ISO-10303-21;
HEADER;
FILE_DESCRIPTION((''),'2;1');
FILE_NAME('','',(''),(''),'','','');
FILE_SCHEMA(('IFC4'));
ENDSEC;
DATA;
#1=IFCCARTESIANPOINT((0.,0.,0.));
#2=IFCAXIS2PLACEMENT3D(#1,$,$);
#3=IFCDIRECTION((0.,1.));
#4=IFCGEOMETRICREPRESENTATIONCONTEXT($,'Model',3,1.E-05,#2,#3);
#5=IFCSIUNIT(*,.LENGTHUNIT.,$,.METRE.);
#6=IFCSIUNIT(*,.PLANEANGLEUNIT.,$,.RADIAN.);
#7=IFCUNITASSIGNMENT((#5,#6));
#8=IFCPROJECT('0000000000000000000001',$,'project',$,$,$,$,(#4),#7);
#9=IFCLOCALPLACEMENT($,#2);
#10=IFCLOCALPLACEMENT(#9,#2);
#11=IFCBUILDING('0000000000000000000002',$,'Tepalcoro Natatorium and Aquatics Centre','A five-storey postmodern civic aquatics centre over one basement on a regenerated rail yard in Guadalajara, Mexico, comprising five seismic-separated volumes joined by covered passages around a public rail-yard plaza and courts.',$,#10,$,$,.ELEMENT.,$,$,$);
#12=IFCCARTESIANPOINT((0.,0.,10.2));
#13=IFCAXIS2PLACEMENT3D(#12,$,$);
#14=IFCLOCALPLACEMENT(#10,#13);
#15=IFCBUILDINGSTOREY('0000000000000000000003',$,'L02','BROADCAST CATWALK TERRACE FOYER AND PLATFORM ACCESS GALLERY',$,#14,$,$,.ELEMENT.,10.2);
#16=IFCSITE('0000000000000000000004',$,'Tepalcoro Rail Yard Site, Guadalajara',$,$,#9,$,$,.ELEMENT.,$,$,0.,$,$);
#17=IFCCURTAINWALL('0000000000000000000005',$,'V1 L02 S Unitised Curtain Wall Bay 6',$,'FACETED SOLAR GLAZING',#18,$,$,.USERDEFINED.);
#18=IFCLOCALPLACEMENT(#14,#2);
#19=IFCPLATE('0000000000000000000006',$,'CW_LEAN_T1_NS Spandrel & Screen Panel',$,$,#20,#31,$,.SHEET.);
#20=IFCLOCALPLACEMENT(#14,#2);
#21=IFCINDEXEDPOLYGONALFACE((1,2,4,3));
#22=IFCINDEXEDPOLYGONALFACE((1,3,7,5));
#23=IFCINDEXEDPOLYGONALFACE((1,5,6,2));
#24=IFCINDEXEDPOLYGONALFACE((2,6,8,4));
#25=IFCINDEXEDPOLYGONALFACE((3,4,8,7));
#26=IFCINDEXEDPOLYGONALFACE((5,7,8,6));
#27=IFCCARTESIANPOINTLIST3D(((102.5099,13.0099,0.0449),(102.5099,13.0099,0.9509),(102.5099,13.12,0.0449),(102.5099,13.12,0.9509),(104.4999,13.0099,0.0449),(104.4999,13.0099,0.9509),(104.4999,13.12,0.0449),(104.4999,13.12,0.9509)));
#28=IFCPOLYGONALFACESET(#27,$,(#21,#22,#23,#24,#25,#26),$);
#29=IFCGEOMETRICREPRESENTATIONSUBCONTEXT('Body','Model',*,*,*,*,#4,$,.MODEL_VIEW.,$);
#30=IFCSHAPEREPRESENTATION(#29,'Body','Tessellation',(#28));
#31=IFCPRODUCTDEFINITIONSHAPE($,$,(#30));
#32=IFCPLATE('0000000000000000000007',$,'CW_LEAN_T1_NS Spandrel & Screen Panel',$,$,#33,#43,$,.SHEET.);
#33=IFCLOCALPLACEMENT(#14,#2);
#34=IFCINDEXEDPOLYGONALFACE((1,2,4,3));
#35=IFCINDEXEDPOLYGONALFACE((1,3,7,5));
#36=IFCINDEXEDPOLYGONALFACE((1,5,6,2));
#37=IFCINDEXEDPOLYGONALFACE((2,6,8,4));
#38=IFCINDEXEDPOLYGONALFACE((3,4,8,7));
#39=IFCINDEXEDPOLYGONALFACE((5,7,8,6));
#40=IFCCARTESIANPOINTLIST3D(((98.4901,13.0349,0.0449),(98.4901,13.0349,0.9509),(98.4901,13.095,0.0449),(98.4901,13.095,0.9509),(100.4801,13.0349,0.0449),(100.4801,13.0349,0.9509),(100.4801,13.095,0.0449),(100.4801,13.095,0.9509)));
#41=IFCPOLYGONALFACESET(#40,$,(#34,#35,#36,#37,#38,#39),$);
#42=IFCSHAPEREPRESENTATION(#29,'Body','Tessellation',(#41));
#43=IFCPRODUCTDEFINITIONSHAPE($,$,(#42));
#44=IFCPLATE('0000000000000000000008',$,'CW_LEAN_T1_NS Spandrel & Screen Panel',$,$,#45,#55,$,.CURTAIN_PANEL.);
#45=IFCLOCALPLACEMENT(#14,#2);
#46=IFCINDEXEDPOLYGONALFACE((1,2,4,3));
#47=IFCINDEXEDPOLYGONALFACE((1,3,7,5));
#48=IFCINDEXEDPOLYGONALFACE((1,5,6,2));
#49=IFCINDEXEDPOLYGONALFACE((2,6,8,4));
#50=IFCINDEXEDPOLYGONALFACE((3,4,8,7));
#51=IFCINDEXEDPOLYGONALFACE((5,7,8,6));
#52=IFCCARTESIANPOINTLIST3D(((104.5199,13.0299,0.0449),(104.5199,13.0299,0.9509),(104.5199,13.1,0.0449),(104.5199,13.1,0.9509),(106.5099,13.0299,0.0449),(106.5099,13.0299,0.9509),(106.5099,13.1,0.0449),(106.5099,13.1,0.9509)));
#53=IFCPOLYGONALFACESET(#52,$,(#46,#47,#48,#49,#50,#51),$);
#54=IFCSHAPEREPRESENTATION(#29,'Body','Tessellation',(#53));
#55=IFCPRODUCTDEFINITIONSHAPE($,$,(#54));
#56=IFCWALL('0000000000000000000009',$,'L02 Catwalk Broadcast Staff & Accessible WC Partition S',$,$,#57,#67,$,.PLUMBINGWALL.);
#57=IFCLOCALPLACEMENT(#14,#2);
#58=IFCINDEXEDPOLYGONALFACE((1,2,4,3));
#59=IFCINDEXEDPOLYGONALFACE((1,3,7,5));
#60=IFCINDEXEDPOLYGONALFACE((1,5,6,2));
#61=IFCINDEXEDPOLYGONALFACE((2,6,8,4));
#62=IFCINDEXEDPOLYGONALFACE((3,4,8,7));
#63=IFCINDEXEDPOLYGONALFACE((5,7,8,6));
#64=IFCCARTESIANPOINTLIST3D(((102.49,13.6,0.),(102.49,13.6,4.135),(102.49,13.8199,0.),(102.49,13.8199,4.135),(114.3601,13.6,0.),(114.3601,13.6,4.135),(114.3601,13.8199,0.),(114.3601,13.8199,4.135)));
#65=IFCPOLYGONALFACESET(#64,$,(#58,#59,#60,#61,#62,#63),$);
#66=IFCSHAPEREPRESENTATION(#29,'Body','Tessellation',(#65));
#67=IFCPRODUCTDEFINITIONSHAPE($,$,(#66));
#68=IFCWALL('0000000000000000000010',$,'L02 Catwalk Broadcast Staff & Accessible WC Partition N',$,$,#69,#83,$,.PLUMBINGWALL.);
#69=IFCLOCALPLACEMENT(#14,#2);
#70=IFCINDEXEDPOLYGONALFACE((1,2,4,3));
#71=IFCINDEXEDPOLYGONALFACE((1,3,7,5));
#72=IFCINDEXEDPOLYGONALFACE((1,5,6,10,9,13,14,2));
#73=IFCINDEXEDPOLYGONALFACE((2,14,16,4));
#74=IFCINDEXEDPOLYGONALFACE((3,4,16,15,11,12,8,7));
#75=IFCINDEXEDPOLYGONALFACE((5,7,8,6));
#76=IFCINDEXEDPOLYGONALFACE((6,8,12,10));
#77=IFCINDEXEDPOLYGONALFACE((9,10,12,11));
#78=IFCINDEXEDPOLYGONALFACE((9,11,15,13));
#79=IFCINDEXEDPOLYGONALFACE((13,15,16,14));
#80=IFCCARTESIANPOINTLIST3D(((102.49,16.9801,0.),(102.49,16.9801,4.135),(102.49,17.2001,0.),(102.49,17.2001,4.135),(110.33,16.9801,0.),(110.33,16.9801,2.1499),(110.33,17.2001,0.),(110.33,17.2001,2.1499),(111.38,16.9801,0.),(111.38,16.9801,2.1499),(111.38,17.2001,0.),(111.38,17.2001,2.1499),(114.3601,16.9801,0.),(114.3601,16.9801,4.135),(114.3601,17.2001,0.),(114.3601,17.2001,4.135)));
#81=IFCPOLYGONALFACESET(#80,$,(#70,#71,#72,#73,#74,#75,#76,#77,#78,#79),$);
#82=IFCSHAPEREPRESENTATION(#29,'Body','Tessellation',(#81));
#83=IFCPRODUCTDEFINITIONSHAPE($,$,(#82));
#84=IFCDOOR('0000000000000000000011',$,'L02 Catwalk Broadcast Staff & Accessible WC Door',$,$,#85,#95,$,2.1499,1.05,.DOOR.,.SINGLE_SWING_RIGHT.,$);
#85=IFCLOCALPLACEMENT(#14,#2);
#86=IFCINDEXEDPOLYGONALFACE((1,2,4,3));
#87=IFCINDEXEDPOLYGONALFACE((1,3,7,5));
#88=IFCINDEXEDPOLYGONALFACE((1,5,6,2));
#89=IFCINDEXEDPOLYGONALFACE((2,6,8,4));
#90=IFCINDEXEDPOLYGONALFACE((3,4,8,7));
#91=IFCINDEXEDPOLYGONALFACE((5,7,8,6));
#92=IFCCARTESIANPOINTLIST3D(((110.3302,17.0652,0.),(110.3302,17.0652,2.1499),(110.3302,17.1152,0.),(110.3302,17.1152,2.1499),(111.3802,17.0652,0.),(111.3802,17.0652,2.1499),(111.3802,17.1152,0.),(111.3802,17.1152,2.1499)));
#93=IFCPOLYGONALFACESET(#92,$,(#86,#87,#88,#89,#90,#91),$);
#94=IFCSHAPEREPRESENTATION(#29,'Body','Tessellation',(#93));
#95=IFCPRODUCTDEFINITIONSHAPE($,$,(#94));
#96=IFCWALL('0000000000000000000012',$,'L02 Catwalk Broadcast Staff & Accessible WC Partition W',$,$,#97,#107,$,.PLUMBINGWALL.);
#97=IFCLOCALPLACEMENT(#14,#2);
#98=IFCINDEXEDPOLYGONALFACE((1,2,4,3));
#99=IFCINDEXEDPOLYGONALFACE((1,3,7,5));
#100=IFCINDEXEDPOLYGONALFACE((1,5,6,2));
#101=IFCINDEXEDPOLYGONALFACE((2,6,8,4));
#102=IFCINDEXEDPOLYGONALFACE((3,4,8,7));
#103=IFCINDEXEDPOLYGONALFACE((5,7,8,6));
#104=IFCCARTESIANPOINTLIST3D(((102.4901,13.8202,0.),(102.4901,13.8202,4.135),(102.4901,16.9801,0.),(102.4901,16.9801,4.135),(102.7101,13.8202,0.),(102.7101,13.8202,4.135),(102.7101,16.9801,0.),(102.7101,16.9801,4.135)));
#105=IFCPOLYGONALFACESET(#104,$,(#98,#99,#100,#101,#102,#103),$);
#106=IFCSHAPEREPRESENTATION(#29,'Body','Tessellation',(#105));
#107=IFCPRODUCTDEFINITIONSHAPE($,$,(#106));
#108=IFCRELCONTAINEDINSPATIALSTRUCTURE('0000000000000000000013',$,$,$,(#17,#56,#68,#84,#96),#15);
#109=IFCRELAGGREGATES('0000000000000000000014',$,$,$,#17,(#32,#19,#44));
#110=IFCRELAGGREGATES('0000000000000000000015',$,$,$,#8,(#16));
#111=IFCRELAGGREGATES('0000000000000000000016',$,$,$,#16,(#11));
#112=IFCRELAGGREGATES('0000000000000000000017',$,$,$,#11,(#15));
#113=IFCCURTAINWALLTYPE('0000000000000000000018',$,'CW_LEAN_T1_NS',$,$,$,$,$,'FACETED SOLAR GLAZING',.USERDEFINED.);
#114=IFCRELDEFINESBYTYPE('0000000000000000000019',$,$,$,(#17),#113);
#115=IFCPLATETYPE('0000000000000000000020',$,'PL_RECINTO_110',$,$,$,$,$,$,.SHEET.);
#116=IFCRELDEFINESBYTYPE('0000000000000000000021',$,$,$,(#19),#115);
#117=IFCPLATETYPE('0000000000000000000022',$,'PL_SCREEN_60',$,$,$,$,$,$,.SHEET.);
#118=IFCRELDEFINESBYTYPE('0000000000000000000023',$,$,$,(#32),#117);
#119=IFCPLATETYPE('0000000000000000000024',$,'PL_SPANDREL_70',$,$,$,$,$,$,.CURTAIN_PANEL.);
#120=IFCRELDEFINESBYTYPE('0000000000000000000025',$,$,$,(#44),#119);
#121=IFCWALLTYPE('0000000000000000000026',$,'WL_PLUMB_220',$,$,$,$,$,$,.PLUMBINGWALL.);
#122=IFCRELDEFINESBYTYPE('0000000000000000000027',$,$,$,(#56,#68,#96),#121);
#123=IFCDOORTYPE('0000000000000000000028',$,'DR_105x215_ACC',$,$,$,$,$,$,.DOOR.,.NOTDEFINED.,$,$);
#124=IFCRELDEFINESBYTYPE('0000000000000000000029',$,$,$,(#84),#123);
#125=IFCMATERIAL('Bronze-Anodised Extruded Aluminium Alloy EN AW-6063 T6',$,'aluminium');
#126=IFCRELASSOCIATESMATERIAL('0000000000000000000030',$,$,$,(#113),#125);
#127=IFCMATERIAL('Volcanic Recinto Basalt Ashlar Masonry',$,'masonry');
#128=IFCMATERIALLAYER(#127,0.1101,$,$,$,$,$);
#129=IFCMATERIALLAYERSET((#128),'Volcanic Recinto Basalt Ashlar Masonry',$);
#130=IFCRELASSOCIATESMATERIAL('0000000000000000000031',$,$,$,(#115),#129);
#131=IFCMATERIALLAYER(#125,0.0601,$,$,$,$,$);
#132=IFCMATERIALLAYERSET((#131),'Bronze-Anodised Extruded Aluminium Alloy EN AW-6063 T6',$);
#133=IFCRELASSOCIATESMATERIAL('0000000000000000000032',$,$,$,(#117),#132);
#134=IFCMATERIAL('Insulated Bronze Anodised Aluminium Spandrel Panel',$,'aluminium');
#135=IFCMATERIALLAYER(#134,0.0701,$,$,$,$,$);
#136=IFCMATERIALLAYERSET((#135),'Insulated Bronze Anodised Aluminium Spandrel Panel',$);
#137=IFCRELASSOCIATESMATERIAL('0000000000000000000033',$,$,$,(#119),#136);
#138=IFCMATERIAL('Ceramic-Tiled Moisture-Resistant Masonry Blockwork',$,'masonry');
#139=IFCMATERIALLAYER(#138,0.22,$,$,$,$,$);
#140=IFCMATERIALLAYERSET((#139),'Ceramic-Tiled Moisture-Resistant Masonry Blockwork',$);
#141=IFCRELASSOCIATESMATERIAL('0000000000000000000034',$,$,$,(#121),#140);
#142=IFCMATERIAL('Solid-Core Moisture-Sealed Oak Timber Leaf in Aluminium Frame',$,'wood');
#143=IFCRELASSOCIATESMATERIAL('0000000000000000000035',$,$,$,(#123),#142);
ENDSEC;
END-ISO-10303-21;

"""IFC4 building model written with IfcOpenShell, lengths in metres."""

from ifc_helpers import new_model, si_unit, direction, frame, frame_2d, origin, origin_2d, place, context, subcontext, project, spatial, rectangle, extrude, material, layer, layer_set, type_object, element, fill, aggregate, save


model = new_model("IFC4")

# Units and contexts
model_context = context("Model", 3, precision=1e-05, world=origin(), true_north=direction((0.0, 1.0)))
body_context = subcontext(model_context, "Body", "Model", "MODEL_VIEW")
ifc_project = project(units=[si_unit("LENGTHUNIT", "METRE"), si_unit("PLANEANGLEUNIT", "RADIAN")], contexts=[model_context])

# Site, building, storey
site_placement = place(None, origin())
site = spatial("IfcSite", under=ifc_project, at=site_placement, Name="Tepalcoro Rail Yard Site, Guadalajara", CompositionType="ELEMENT", RefElevation=0.0)
building_placement = place(site_placement, origin())
building = spatial("IfcBuilding", under=site, at=building_placement, Name="Tepalcoro Natatorium and Aquatics Centre", Description="A five-storey postmodern civic aquatics centre over one basement on a regenerated rail yard in Guadalajara, Mexico, comprising five seismic-separated volumes joined by covered passages around a public rail-yard plaza and courts.", CompositionType="ELEMENT")
storey_placement = place(building_placement, frame((0.0, 0.0, 10.2)))
storey = spatial("IfcBuildingStorey", under=building, at=storey_placement, Name="L02", Description="BROADCAST CATWALK TERRACE FOYER AND PLATFORM ACCESS GALLERY", CompositionType="ELEMENT", Elevation=10.2)

# Curtain wall
ifc_material_1 = material(Name="Bronze-Anodised Extruded Aluminium Alloy EN AW-6063 T6", Category="aluminium")
curtain_wall_type = type_object("IfcCurtainWallType", Name="CW_LEAN_T1_NS", ElementType="FACETED SOLAR GLAZING", PredefinedType="USERDEFINED", material=ifc_material_1)
curtain_wall_placement = place(storey_placement, origin())
curtain_wall = element("IfcCurtainWall", 1, at=curtain_wall_placement, inside=storey, type_object=curtain_wall_type, Name="V1 L02 S Unitised Curtain Wall Bay 6", ObjectType="FACETED SOLAR GLAZING", PredefinedType="USERDEFINED")

# Plates
ifc_material_2 = material(Name="Volcanic Recinto Basalt Ashlar Masonry", Category="masonry")
ifc_layer_1 = layer(ifc_material_2, 0.1101)
ifc_layer_set_1 = layer_set([ifc_layer_1], Name="Volcanic Recinto Basalt Ashlar Masonry")
plate_type_1 = type_object("IfcPlateType", Name="PL_RECINTO_110", PredefinedType="SHEET", material=ifc_layer_set_1)
plate_1_placement = place(storey_placement, frame((103.5049, 13.0649, 0.0449), z_axis=(0.0, 0.0, 1.0), x_axis=(1.0, 0.0, 0.0)))
plate_1 = element("IfcPlate", 2, at=plate_1_placement, type_object=plate_type_1, Name="CW_LEAN_T1_NS Spandrel & Screen Panel", PredefinedType="SHEET", context=body_context, shape_type="SweptSolid", body=[
    extrude(rectangle(XDim=1.99, YDim=0.1101, at=origin_2d()), origin(), (0.0, 0.0, 1.0), 0.906),
])
ifc_layer_2 = layer(ifc_material_1, 0.0601)
ifc_layer_set_2 = layer_set([ifc_layer_2], Name="Bronze-Anodised Extruded Aluminium Alloy EN AW-6063 T6")
plate_type_2 = type_object("IfcPlateType", Name="PL_SCREEN_60", PredefinedType="SHEET", material=ifc_layer_set_2)
plate_2_placement = place(storey_placement, frame((99.4851, 13.0649, 0.0449), z_axis=(0.0, 0.0, 1.0), x_axis=(1.0, 0.0, 0.0)))
plate_2 = element("IfcPlate", 3, at=plate_2_placement, type_object=plate_type_2, Name="CW_LEAN_T1_NS Spandrel & Screen Panel", PredefinedType="SHEET", context=body_context, shape_type="SweptSolid", body=[
    extrude(rectangle(XDim=1.99, YDim=0.0601, at=origin_2d()), origin(), (0.0, 0.0, 1.0), 0.906),
])
ifc_material_3 = material(Name="Insulated Bronze Anodised Aluminium Spandrel Panel", Category="aluminium")
ifc_layer_3 = layer(ifc_material_3, 0.0701)
ifc_layer_set_3 = layer_set([ifc_layer_3], Name="Insulated Bronze Anodised Aluminium Spandrel Panel")
plate_type_3 = type_object("IfcPlateType", Name="PL_SPANDREL_70", PredefinedType="CURTAIN_PANEL", material=ifc_layer_set_3)
plate_3_placement = place(storey_placement, frame((105.5149, 13.0649, 0.0449), z_axis=(0.0, 0.0, 1.0), x_axis=(1.0, 0.0, 0.0)))
plate_3 = element("IfcPlate", 4, at=plate_3_placement, type_object=plate_type_3, Name="CW_LEAN_T1_NS Spandrel & Screen Panel", PredefinedType="CURTAIN_PANEL", context=body_context, shape_type="SweptSolid", body=[
    extrude(rectangle(XDim=1.99, YDim=0.0701, at=origin_2d()), origin(), (0.0, 0.0, 1.0), 0.906),
])
aggregate(curtain_wall, [plate_2, plate_1, plate_3])

# Wall
ifc_material_4 = material(Name="Ceramic-Tiled Moisture-Resistant Masonry Blockwork", Category="masonry")
ifc_layer_4 = layer(ifc_material_4, 0.22)
ifc_layer_set_4 = layer_set([ifc_layer_4], Name="Ceramic-Tiled Moisture-Resistant Masonry Blockwork")
wall_type = type_object("IfcWallType", Name="WL_PLUMB_220", PredefinedType="PLUMBINGWALL", material=ifc_layer_set_4)
wall_1_placement = place(storey_placement, frame((102.49, 13.71, 0.0), z_axis=(0.0, 0.0, 1.0), x_axis=(1.0, 0.0, 0.0)))
element("IfcWall", 5, at=wall_1_placement, inside=storey, type_object=wall_type, Name="L02 Catwalk Broadcast Staff & Accessible WC Partition S", PredefinedType="PLUMBINGWALL", context=body_context, shape_type="SweptSolid", body=[
    extrude(rectangle(XDim=11.8701, YDim=0.22, at=frame_2d((5.9351, 0.0))), origin(), (0.0, 0.0, 1.0), 4.135),
])

# Wall, opening, door
wall_2_placement = place(storey_placement, frame((102.49, 17.0901, 0.0), z_axis=(0.0, 0.0, 1.0), x_axis=(1.0, 0.0, 0.0)))
wall_2 = element("IfcWall", 6, at=wall_2_placement, inside=storey, type_object=wall_type, Name="L02 Catwalk Broadcast Staff & Accessible WC Partition N", PredefinedType="PLUMBINGWALL", context=body_context, shape_type="SweptSolid", body=[
    extrude(rectangle(XDim=11.8701, YDim=0.22, at=frame_2d((5.9351, 0.0))), origin(), (0.0, 0.0, 1.0), 4.135),
])
opening_placement = place(wall_2_placement, frame((7.8401, 0.0, 0.0)))
opening = element("IfcOpeningElement", 7, at=opening_placement, cuts=wall_2, PredefinedType="OPENING", context=body_context, shape_type="SweptSolid", body=[
    extrude(rectangle(XDim=1.05, YDim=2.1499, at=frame_2d((0.5249, 1.075))), frame((0.0, 0.1221, 0.0), z_axis=(0.0, -1.0, 0.0), x_axis=(1.0, 0.0, 0.0)), (0.0, 0.0, 1.0), 0.2439),
])
ifc_material_5 = material(Name="Solid-Core Moisture-Sealed Oak Timber Leaf in Aluminium Frame", Category="wood")
door_type = type_object("IfcDoorType", Name="DR_105x215_ACC", OperationType="NOTDEFINED", PredefinedType="DOOR", material=ifc_material_5)
door_placement = place(opening_placement, frame((1.05, 0.0, 0.0), z_axis=(0.0, 0.0, 1.0), x_axis=(-1.0, 0.0, 0.0)))
door = element("IfcDoor", 8, at=door_placement, inside=storey, type_object=door_type, Name="L02 Catwalk Broadcast Staff & Accessible WC Door", OperationType="SINGLE_SWING_RIGHT", OverallHeight=2.1499, OverallWidth=1.05, PredefinedType="DOOR", context=body_context, shape_type="SweptSolid", body=[
    extrude(rectangle(XDim=1.05, YDim=2.1499, at=frame_2d((0.5249, 1.075))), frame((0.0, 0.0249, 0.0), z_axis=(0.0, -1.0, 0.0), x_axis=(1.0, 0.0, 0.0)), (0.0, 0.0, 1.0), 0.05),
])
fill(opening, door)

# Wall
wall_3_placement = place(storey_placement, frame((102.6001, 13.8201, 0.0), z_axis=(0.0, 0.0, 1.0), x_axis=(0.0, 1.0, 0.0)))
element("IfcWall", 9, at=wall_3_placement, inside=storey, type_object=wall_type, Name="L02 Catwalk Broadcast Staff & Accessible WC Partition W", PredefinedType="PLUMBINGWALL", context=body_context, shape_type="SweptSolid", body=[
    extrude(rectangle(XDim=3.1599, YDim=0.22, at=frame_2d((1.5801, 0.0))), origin(), (0.0, 0.0, 1.0), 4.135),
])

save(model, "model.ifc")
